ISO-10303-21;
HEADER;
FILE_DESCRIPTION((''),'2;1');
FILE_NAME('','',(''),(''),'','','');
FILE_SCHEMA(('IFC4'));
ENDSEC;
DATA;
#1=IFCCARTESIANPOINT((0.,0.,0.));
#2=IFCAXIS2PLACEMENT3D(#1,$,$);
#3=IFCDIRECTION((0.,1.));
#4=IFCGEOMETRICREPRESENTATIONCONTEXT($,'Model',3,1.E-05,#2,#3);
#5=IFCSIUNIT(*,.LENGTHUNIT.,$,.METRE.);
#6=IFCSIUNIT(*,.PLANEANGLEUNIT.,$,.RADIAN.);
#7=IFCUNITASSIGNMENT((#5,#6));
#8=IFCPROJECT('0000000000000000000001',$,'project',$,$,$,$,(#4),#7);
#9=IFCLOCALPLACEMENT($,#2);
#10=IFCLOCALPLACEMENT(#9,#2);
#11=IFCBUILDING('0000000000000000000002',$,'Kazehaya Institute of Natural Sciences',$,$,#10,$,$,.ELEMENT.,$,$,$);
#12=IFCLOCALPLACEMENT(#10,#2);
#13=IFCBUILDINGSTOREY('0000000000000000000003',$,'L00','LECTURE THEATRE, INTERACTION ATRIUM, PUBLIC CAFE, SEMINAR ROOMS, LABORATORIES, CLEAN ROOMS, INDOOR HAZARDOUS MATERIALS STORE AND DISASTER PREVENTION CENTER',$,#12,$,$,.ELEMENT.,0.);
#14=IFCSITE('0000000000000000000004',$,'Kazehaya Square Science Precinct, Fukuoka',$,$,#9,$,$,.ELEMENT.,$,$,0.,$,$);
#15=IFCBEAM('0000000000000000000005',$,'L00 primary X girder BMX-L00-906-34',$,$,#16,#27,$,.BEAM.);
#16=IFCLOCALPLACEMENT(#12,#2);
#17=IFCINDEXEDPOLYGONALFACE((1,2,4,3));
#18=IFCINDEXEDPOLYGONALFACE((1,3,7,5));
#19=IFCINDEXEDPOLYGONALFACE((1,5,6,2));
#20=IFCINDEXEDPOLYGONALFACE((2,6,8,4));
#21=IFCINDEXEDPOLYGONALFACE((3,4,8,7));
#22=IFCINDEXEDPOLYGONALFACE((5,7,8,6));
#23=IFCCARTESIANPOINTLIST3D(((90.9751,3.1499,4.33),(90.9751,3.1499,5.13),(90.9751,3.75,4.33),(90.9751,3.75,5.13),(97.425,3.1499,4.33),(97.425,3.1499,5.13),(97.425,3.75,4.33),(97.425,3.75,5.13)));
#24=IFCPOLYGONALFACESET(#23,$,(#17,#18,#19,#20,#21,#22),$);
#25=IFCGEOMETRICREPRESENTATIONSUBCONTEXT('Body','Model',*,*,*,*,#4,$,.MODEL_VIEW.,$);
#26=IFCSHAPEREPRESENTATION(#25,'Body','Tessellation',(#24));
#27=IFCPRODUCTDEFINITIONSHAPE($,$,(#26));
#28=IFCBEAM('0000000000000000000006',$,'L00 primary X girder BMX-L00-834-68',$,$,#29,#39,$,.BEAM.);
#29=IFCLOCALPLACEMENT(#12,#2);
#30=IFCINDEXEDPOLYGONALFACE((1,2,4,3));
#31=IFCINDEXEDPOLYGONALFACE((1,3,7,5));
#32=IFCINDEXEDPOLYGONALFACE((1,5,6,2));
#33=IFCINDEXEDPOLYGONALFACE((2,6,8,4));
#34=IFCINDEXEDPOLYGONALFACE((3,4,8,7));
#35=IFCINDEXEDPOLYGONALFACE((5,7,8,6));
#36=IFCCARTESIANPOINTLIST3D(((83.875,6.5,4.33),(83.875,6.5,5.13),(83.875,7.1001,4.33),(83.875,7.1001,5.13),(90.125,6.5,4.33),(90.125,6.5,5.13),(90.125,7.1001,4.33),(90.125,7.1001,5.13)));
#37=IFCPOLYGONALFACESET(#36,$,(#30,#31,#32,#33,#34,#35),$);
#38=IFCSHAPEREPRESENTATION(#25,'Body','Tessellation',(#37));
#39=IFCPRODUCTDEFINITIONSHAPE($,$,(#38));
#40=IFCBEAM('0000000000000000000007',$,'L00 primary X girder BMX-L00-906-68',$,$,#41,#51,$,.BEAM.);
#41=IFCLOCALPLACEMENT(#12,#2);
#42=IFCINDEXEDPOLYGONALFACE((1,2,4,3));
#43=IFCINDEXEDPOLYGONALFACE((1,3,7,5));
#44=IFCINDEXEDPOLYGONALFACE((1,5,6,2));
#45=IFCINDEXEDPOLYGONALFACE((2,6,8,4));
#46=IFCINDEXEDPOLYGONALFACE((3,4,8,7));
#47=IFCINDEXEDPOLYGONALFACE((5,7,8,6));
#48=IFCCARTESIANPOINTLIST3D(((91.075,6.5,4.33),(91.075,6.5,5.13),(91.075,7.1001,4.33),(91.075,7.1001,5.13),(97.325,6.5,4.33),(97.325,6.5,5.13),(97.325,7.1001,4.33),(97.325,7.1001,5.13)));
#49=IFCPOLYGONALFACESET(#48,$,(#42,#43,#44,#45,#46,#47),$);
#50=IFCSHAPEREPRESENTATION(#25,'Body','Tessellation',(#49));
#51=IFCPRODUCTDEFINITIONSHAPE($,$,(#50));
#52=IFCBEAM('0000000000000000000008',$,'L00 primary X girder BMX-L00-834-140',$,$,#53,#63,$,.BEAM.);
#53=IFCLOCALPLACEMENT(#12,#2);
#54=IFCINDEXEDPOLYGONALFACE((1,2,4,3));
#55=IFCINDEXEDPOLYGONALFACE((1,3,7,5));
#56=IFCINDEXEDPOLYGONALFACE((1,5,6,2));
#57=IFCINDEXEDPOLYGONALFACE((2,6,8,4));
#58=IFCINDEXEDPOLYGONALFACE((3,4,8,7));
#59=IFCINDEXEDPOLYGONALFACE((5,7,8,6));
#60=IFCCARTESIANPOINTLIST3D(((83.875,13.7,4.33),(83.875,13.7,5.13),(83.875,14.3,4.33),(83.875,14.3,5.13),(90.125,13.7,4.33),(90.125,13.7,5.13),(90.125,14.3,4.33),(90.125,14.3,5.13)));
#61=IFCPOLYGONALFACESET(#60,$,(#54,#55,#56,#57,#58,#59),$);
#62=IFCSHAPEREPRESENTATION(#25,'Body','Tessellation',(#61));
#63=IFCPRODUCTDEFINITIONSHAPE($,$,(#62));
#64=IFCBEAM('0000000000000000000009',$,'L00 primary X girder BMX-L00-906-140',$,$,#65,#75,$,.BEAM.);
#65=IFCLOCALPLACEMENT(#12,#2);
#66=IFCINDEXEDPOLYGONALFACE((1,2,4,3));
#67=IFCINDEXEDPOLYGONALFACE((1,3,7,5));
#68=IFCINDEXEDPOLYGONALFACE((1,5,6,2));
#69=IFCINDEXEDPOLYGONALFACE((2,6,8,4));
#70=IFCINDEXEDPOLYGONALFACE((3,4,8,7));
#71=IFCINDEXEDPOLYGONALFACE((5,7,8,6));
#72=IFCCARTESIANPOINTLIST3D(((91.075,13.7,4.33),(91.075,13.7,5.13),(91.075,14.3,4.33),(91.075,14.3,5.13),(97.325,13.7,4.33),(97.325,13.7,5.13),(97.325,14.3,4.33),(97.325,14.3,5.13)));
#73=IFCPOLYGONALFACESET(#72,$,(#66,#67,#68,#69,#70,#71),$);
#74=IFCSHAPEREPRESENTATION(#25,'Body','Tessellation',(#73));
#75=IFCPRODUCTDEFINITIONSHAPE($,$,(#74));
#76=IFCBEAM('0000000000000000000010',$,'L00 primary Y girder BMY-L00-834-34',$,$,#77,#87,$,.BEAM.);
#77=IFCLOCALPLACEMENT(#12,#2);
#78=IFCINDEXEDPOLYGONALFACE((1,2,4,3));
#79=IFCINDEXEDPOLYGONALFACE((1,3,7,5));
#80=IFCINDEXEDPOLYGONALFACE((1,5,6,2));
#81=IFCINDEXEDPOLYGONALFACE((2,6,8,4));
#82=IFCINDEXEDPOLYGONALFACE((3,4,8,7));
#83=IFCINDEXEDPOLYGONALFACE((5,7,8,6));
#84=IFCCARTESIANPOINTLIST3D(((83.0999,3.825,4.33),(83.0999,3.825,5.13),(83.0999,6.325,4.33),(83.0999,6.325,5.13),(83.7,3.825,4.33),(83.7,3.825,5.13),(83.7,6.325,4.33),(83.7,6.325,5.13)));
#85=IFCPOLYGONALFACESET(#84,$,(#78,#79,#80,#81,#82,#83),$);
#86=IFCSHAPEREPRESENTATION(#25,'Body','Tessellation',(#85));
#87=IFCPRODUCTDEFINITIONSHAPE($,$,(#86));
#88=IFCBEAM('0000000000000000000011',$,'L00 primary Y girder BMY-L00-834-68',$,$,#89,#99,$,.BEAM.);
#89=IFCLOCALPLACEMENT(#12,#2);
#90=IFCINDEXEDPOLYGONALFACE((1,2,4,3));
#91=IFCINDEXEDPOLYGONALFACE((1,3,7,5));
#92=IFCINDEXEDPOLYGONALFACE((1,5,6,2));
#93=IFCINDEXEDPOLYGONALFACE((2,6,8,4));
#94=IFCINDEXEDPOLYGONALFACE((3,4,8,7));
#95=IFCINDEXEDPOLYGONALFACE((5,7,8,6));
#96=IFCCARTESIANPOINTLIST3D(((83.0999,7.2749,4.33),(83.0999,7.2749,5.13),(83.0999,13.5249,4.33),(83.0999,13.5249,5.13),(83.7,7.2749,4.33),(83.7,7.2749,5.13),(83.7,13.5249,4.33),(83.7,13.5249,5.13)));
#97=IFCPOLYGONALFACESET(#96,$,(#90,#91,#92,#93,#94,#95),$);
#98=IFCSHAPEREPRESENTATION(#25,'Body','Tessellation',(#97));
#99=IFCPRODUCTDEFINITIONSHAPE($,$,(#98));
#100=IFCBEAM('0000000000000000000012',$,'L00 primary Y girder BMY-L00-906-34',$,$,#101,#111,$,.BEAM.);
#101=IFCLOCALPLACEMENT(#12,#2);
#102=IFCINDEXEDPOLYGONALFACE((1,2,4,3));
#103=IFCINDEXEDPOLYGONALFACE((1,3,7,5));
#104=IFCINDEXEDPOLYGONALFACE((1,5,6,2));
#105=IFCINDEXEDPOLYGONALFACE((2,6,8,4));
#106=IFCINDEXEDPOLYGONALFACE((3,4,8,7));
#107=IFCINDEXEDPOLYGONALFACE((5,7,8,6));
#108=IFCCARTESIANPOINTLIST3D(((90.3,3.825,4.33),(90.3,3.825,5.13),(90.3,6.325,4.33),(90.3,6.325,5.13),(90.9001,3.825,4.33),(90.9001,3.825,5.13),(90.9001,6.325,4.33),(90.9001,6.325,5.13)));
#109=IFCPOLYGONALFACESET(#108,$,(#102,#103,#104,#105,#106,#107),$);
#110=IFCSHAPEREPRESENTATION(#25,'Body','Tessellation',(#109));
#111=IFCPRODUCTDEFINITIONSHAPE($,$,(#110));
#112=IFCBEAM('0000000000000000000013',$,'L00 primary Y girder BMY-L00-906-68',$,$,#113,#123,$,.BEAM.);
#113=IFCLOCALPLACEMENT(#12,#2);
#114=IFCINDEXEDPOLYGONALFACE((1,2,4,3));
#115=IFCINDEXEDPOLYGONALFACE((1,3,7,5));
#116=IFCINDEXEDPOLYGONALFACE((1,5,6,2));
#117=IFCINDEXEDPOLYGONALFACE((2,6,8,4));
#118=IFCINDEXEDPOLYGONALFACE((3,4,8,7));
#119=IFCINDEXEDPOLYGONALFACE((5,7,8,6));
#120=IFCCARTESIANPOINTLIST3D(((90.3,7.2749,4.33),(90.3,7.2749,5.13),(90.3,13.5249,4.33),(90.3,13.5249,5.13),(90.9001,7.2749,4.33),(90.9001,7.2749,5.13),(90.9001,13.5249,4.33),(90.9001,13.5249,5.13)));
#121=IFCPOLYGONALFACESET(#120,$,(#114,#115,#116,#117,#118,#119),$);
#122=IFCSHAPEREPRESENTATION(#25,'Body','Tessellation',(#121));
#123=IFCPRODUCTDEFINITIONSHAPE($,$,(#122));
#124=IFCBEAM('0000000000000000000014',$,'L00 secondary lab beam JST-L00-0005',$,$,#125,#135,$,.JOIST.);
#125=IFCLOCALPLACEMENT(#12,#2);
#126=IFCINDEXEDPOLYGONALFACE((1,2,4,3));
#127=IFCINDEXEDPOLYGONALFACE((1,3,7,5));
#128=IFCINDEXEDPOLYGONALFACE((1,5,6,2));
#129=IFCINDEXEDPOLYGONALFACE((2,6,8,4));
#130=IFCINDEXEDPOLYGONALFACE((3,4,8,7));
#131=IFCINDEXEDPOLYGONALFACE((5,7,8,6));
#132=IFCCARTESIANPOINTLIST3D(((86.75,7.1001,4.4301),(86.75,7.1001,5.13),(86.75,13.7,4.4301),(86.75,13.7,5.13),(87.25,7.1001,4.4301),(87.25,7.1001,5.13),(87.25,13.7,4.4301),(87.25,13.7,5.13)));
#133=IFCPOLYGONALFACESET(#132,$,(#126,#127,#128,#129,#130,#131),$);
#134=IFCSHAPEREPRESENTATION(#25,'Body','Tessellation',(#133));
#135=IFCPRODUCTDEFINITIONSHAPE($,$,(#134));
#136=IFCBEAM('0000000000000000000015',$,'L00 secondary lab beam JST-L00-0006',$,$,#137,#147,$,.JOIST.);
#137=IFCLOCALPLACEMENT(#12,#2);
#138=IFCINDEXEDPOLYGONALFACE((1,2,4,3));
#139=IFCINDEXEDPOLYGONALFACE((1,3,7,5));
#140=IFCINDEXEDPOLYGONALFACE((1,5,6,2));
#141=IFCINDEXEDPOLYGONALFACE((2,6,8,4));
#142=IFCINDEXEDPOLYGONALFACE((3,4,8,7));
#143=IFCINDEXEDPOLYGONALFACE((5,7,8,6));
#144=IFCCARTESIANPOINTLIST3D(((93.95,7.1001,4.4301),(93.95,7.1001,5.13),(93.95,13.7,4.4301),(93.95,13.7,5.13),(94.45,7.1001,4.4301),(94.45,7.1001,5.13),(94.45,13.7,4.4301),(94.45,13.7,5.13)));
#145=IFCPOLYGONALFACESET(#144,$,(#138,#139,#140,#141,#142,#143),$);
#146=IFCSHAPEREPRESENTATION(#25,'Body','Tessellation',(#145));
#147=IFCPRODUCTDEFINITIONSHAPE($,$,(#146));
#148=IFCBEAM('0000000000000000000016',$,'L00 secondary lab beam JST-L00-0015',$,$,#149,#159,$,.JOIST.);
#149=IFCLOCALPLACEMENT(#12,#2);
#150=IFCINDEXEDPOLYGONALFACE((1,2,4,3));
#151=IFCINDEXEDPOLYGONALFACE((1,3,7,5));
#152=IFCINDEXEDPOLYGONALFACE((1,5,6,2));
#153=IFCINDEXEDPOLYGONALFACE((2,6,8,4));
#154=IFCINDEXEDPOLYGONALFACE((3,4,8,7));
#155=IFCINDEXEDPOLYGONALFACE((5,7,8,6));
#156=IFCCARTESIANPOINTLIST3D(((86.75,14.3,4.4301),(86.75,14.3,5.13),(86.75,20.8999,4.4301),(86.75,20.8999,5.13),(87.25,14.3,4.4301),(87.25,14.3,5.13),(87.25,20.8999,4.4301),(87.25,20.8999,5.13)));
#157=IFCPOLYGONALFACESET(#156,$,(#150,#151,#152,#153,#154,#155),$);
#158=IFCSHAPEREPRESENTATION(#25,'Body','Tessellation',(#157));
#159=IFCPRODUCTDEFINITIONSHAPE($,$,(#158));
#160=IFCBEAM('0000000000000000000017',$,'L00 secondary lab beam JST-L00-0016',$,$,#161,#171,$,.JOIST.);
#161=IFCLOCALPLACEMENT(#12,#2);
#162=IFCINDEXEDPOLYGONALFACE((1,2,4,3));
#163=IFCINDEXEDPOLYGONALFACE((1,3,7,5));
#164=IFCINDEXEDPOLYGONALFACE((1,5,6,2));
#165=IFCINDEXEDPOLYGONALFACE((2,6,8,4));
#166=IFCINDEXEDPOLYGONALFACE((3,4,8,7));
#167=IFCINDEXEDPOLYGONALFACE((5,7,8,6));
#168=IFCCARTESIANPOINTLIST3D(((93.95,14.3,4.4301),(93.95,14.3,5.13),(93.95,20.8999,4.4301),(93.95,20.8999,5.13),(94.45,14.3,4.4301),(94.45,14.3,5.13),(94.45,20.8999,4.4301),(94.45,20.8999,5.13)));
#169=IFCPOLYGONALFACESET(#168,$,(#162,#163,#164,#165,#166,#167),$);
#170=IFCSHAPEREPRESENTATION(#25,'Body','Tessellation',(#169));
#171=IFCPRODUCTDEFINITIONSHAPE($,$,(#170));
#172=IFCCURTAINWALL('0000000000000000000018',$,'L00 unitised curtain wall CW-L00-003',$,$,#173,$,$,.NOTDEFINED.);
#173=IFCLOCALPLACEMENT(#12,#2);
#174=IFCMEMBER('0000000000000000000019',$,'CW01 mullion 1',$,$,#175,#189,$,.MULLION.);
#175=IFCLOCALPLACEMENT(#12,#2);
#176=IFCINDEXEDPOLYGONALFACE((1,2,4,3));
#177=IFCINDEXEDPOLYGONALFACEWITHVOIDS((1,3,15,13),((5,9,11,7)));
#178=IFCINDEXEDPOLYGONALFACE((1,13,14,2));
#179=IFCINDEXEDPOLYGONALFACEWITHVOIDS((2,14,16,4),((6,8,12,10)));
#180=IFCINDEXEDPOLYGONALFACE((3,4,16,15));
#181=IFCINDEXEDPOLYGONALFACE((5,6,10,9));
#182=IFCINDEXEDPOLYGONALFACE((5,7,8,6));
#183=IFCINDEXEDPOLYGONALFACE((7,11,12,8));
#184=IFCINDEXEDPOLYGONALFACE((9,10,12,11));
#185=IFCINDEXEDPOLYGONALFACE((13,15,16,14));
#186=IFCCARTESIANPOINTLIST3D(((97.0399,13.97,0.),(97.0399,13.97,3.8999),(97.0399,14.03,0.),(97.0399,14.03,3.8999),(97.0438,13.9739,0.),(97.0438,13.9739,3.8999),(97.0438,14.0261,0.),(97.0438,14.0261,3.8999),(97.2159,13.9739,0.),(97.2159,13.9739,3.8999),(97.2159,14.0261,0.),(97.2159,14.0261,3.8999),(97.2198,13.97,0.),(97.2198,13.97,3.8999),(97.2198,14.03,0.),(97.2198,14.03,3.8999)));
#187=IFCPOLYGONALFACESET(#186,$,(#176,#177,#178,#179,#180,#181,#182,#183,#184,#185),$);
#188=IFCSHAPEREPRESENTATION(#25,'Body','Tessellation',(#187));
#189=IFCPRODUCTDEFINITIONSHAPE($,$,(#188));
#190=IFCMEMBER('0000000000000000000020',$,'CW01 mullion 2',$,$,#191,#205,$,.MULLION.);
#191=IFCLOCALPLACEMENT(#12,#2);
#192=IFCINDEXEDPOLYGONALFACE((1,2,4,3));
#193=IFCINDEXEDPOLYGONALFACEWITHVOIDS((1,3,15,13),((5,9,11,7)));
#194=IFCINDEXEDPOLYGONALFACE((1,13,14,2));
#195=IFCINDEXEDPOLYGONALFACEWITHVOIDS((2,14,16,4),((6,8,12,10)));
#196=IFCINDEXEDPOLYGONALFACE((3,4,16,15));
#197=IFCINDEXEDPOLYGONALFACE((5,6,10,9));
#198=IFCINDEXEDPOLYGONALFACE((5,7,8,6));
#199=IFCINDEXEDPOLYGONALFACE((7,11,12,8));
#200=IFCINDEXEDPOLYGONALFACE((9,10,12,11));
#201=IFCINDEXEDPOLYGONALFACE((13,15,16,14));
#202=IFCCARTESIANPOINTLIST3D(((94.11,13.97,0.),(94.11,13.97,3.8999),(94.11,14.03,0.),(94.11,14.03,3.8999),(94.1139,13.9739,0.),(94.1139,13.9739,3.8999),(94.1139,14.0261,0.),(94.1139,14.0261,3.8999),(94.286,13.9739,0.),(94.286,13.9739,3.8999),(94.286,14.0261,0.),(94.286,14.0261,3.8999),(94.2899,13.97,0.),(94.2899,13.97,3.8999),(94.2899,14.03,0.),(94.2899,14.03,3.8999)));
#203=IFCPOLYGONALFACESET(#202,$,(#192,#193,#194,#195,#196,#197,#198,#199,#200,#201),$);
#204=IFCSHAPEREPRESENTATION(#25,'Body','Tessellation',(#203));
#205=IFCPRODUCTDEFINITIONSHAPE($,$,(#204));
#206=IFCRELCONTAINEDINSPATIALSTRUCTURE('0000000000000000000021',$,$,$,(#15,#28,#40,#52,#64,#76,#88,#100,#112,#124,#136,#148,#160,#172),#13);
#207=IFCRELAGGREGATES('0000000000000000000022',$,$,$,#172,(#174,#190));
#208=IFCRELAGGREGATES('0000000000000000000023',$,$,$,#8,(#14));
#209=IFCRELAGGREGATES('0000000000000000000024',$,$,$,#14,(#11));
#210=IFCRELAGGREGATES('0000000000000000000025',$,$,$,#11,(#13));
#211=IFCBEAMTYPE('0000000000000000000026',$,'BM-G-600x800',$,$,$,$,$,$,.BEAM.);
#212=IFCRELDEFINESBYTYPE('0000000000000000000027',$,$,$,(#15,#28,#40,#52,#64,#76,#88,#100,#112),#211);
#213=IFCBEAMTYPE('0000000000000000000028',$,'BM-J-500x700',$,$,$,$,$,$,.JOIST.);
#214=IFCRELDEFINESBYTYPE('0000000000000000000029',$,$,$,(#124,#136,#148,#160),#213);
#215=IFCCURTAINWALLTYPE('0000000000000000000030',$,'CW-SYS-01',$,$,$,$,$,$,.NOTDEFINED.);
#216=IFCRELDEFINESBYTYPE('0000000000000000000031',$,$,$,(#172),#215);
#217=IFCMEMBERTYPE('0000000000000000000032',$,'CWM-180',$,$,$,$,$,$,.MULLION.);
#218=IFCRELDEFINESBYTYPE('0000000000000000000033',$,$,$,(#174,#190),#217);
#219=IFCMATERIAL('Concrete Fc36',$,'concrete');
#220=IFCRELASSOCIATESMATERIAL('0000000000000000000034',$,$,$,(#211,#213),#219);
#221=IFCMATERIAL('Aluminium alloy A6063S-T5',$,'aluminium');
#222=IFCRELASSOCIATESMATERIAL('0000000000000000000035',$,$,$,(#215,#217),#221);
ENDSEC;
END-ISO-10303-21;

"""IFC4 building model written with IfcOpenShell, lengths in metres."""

from ifc_helpers import new_model, si_unit, direction, frame, origin, origin_2d, place, context, subcontext, project, spatial, rectangle, hollow_rectangle, extrude, material, material_profile, profile_set, type_object, element, aggregate, save


model = new_model("IFC4")

# Units and contexts
model_context = context("Model", 3, precision=1e-05, world=origin(), true_north=direction((0.0, 1.0)))
body_context = subcontext(model_context, "Body", "Model", "MODEL_VIEW")
ifc_project = project(units=[si_unit("LENGTHUNIT", "METRE"), si_unit("PLANEANGLEUNIT", "RADIAN")], contexts=[model_context])

# Site, building, storey
site_placement = place(None, origin())
site = spatial("IfcSite", under=ifc_project, at=site_placement, Name="Kazehaya Square Science Precinct, Fukuoka", CompositionType="ELEMENT", RefElevation=0.0)
building_placement = place(site_placement, origin())
building = spatial("IfcBuilding", under=site, at=building_placement, Name="Kazehaya Institute of Natural Sciences", CompositionType="ELEMENT")
storey_placement = place(building_placement, origin())
storey = spatial("IfcBuildingStorey", under=building, at=storey_placement, Name="L00", Description="LECTURE THEATRE, INTERACTION ATRIUM, PUBLIC CAFE, SEMINAR ROOMS, LABORATORIES, CLEAN ROOMS, INDOOR HAZARDOUS MATERIALS STORE AND DISASTER PREVENTION CENTER", CompositionType="ELEMENT", Elevation=0.0)

# Shared definitions
ifc_material_1 = material(Name="Concrete Fc36", Category="concrete")

# Beams
ifc_material_profile_1 = material_profile(ifc_material_1, rectangle(XDim=0.6001, YDim=0.8, at=origin_2d()), Name="RC-600x800")
ifc_profile_set_1 = profile_set([ifc_material_profile_1], Name="Concrete Fc36")
beam_type_1 = type_object("IfcBeamType", Name="BM-G-600x800", PredefinedType="BEAM", material=ifc_profile_set_1)
beam_1_placement = place(storey_placement, frame((90.9751, 3.45, 4.73), z_axis=(1.0, 0.0, 0.0), x_axis=(0.0, 1.0, 0.0)))
element("IfcBeam", 1, at=beam_1_placement, inside=storey, type_object=beam_type_1, Name="L00 primary X girder BMX-L00-906-34", PredefinedType="BEAM", context=body_context, shape_type="SweptSolid", body=[
    extrude(rectangle(XDim=0.6001, YDim=0.8, at=origin_2d()), origin(), (0.0, 0.0, 1.0), 6.45),
])
for number, where, z_axis, x_axis, name in (
    (2, (83.875, 6.8, 4.73), (1.0, 0.0, 0.0), (0.0, 1.0, 0.0), "L00 primary X girder BMX-L00-834-68"),
    (3, (91.075, 6.8, 4.73), (1.0, 0.0, 0.0), (0.0, 1.0, 0.0), "L00 primary X girder BMX-L00-906-68"),
    (4, (83.875, 14.0, 4.73), (1.0, 0.0, 0.0), (0.0, 1.0, 0.0), "L00 primary X girder BMX-L00-834-140"),
    (5, (91.075, 14.0, 4.73), (1.0, 0.0, 0.0), (0.0, 1.0, 0.0), "L00 primary X girder BMX-L00-906-140"),
):
    element("IfcBeam", number, at=place(storey_placement, frame(where, z_axis=z_axis, x_axis=x_axis)), inside=storey, type_object=beam_type_1, Name=name, PredefinedType="BEAM", context=body_context, shape_type="SweptSolid", body=[
        extrude(rectangle(XDim=0.6001, YDim=0.8, at=origin_2d()), origin(), (0.0, 0.0, 1.0), 6.25),
    ])
beam_2_placement = place(storey_placement, frame((83.3999, 3.825, 4.73), z_axis=(0.0, 1.0, 0.0), x_axis=(-1.0, 0.0, 0.0)))
element("IfcBeam", 6, at=beam_2_placement, inside=storey, type_object=beam_type_1, Name="L00 primary Y girder BMY-L00-834-34", PredefinedType="BEAM", context=body_context, shape_type="SweptSolid", body=[
    extrude(rectangle(XDim=0.6001, YDim=0.8, at=origin_2d()), origin(), (0.0, 0.0, 1.0), 2.5),
])
beam_3_placement = place(storey_placement, frame((83.3999, 7.2749, 4.73), z_axis=(0.0, 1.0, 0.0), x_axis=(-1.0, 0.0, 0.0)))
element("IfcBeam", 7, at=beam_3_placement, inside=storey, type_object=beam_type_1, Name="L00 primary Y girder BMY-L00-834-68", PredefinedType="BEAM", context=body_context, shape_type="SweptSolid", body=[
    extrude(rectangle(XDim=0.6001, YDim=0.8, at=origin_2d()), origin(), (0.0, 0.0, 1.0), 6.25),
])
beam_4_placement = place(storey_placement, frame((90.6001, 3.825, 4.73), z_axis=(0.0, 1.0, 0.0), x_axis=(-1.0, 0.0, 0.0)))
element("IfcBeam", 8, at=beam_4_placement, inside=storey, type_object=beam_type_1, Name="L00 primary Y girder BMY-L00-906-34", PredefinedType="BEAM", context=body_context, shape_type="SweptSolid", body=[
    extrude(rectangle(XDim=0.6001, YDim=0.8, at=origin_2d()), origin(), (0.0, 0.0, 1.0), 2.5),
])
beam_5_placement = place(storey_placement, frame((90.6001, 7.2749, 4.73), z_axis=(0.0, 1.0, 0.0), x_axis=(-1.0, 0.0, 0.0)))
element("IfcBeam", 9, at=beam_5_placement, inside=storey, type_object=beam_type_1, Name="L00 primary Y girder BMY-L00-906-68", PredefinedType="BEAM", context=body_context, shape_type="SweptSolid", body=[
    extrude(rectangle(XDim=0.6001, YDim=0.8, at=origin_2d()), origin(), (0.0, 0.0, 1.0), 6.25),
])
ifc_material_profile_2 = material_profile(ifc_material_1, rectangle(XDim=0.5, YDim=0.7, at=origin_2d()), Name="RC-500x700")
ifc_profile_set_2 = profile_set([ifc_material_profile_2], Name="Concrete Fc36")
beam_type_2 = type_object("IfcBeamType", Name="BM-J-500x700", PredefinedType="JOIST", material=ifc_profile_set_2)
for number, where, z_axis, x_axis, name in (
    (10, (87.0, 7.1001, 4.78), (0.0, 1.0, 0.0), (-1.0, 0.0, 0.0), "L00 secondary lab beam JST-L00-0005"),
    (11, (94.2, 7.1001, 4.78), (0.0, 1.0, 0.0), (-1.0, 0.0, 0.0), "L00 secondary lab beam JST-L00-0006"),
    (12, (87.0, 14.3, 4.78), (0.0, 1.0, 0.0), (-1.0, 0.0, 0.0), "L00 secondary lab beam JST-L00-0015"),
    (13, (94.2, 14.3, 4.78), (0.0, 1.0, 0.0), (-1.0, 0.0, 0.0), "L00 secondary lab beam JST-L00-0016"),
):
    element("IfcBeam", number, at=place(storey_placement, frame(where, z_axis=z_axis, x_axis=x_axis)), inside=storey, type_object=beam_type_2, Name=name, PredefinedType="JOIST", context=body_context, shape_type="SweptSolid", body=[
        extrude(rectangle(XDim=0.5, YDim=0.7, at=origin_2d()), origin(), (0.0, 0.0, 1.0), 6.5999),
    ])

# Curtain wall, members
ifc_material_2 = material(Name="Aluminium alloy A6063S-T5", Category="aluminium")
curtain_wall_type = type_object("IfcCurtainWallType", Name="CW-SYS-01", PredefinedType="NOTDEFINED", material=ifc_material_2)
curtain_wall_placement = place(storey_placement, origin())
curtain_wall = element("IfcCurtainWall", 14, at=curtain_wall_placement, inside=storey, type_object=curtain_wall_type, Name="L00 unitised curtain wall CW-L00-003", PredefinedType="NOTDEFINED")
ifc_material_profile_3 = material_profile(ifc_material_2, hollow_rectangle(XDim=0.0601, YDim=0.1799, WallThickness=0.0039, at=origin_2d()), Name="ALU-60x180x4")
ifc_profile_set_3 = profile_set([ifc_material_profile_3], Name="Aluminium alloy A6063S-T5")
member_type_1 = type_object("IfcMemberType", Name="CWM-180", PredefinedType="MULLION", material=ifc_profile_set_3)
member_1_placement = place(storey_placement, frame((97.1299, 14.0, 0.0), z_axis=(0.0, 0.0, 1.0), x_axis=(0.0, -1.0, 0.0)))
member_1 = element("IfcMember", 15, at=member_1_placement, type_object=member_type_1, Name="CW01 mullion 1", PredefinedType="MULLION", context=body_context, shape_type="SweptSolid", body=[
    extrude(hollow_rectangle(XDim=0.0601, YDim=0.1799, WallThickness=0.0039, at=origin_2d()), origin(), (0.0, 0.0, 1.0), 3.8999),
])
member_2_placement = place(storey_placement, frame((94.2, 14.0, 0.0), z_axis=(0.0, 0.0, 1.0), x_axis=(0.0, -1.0, 0.0)))
member_2 = element("IfcMember", 16, at=member_2_placement, type_object=member_type_1, Name="CW01 mullion 2", PredefinedType="MULLION", context=body_context, shape_type="SweptSolid", body=[
    extrude(hollow_rectangle(XDim=0.0601, YDim=0.1799, WallThickness=0.0039, at=origin_2d()), origin(), (0.0, 0.0, 1.0), 3.8999),
])
aggregate(curtain_wall, [member_1, member_2])

save(model, "model.ifc")
